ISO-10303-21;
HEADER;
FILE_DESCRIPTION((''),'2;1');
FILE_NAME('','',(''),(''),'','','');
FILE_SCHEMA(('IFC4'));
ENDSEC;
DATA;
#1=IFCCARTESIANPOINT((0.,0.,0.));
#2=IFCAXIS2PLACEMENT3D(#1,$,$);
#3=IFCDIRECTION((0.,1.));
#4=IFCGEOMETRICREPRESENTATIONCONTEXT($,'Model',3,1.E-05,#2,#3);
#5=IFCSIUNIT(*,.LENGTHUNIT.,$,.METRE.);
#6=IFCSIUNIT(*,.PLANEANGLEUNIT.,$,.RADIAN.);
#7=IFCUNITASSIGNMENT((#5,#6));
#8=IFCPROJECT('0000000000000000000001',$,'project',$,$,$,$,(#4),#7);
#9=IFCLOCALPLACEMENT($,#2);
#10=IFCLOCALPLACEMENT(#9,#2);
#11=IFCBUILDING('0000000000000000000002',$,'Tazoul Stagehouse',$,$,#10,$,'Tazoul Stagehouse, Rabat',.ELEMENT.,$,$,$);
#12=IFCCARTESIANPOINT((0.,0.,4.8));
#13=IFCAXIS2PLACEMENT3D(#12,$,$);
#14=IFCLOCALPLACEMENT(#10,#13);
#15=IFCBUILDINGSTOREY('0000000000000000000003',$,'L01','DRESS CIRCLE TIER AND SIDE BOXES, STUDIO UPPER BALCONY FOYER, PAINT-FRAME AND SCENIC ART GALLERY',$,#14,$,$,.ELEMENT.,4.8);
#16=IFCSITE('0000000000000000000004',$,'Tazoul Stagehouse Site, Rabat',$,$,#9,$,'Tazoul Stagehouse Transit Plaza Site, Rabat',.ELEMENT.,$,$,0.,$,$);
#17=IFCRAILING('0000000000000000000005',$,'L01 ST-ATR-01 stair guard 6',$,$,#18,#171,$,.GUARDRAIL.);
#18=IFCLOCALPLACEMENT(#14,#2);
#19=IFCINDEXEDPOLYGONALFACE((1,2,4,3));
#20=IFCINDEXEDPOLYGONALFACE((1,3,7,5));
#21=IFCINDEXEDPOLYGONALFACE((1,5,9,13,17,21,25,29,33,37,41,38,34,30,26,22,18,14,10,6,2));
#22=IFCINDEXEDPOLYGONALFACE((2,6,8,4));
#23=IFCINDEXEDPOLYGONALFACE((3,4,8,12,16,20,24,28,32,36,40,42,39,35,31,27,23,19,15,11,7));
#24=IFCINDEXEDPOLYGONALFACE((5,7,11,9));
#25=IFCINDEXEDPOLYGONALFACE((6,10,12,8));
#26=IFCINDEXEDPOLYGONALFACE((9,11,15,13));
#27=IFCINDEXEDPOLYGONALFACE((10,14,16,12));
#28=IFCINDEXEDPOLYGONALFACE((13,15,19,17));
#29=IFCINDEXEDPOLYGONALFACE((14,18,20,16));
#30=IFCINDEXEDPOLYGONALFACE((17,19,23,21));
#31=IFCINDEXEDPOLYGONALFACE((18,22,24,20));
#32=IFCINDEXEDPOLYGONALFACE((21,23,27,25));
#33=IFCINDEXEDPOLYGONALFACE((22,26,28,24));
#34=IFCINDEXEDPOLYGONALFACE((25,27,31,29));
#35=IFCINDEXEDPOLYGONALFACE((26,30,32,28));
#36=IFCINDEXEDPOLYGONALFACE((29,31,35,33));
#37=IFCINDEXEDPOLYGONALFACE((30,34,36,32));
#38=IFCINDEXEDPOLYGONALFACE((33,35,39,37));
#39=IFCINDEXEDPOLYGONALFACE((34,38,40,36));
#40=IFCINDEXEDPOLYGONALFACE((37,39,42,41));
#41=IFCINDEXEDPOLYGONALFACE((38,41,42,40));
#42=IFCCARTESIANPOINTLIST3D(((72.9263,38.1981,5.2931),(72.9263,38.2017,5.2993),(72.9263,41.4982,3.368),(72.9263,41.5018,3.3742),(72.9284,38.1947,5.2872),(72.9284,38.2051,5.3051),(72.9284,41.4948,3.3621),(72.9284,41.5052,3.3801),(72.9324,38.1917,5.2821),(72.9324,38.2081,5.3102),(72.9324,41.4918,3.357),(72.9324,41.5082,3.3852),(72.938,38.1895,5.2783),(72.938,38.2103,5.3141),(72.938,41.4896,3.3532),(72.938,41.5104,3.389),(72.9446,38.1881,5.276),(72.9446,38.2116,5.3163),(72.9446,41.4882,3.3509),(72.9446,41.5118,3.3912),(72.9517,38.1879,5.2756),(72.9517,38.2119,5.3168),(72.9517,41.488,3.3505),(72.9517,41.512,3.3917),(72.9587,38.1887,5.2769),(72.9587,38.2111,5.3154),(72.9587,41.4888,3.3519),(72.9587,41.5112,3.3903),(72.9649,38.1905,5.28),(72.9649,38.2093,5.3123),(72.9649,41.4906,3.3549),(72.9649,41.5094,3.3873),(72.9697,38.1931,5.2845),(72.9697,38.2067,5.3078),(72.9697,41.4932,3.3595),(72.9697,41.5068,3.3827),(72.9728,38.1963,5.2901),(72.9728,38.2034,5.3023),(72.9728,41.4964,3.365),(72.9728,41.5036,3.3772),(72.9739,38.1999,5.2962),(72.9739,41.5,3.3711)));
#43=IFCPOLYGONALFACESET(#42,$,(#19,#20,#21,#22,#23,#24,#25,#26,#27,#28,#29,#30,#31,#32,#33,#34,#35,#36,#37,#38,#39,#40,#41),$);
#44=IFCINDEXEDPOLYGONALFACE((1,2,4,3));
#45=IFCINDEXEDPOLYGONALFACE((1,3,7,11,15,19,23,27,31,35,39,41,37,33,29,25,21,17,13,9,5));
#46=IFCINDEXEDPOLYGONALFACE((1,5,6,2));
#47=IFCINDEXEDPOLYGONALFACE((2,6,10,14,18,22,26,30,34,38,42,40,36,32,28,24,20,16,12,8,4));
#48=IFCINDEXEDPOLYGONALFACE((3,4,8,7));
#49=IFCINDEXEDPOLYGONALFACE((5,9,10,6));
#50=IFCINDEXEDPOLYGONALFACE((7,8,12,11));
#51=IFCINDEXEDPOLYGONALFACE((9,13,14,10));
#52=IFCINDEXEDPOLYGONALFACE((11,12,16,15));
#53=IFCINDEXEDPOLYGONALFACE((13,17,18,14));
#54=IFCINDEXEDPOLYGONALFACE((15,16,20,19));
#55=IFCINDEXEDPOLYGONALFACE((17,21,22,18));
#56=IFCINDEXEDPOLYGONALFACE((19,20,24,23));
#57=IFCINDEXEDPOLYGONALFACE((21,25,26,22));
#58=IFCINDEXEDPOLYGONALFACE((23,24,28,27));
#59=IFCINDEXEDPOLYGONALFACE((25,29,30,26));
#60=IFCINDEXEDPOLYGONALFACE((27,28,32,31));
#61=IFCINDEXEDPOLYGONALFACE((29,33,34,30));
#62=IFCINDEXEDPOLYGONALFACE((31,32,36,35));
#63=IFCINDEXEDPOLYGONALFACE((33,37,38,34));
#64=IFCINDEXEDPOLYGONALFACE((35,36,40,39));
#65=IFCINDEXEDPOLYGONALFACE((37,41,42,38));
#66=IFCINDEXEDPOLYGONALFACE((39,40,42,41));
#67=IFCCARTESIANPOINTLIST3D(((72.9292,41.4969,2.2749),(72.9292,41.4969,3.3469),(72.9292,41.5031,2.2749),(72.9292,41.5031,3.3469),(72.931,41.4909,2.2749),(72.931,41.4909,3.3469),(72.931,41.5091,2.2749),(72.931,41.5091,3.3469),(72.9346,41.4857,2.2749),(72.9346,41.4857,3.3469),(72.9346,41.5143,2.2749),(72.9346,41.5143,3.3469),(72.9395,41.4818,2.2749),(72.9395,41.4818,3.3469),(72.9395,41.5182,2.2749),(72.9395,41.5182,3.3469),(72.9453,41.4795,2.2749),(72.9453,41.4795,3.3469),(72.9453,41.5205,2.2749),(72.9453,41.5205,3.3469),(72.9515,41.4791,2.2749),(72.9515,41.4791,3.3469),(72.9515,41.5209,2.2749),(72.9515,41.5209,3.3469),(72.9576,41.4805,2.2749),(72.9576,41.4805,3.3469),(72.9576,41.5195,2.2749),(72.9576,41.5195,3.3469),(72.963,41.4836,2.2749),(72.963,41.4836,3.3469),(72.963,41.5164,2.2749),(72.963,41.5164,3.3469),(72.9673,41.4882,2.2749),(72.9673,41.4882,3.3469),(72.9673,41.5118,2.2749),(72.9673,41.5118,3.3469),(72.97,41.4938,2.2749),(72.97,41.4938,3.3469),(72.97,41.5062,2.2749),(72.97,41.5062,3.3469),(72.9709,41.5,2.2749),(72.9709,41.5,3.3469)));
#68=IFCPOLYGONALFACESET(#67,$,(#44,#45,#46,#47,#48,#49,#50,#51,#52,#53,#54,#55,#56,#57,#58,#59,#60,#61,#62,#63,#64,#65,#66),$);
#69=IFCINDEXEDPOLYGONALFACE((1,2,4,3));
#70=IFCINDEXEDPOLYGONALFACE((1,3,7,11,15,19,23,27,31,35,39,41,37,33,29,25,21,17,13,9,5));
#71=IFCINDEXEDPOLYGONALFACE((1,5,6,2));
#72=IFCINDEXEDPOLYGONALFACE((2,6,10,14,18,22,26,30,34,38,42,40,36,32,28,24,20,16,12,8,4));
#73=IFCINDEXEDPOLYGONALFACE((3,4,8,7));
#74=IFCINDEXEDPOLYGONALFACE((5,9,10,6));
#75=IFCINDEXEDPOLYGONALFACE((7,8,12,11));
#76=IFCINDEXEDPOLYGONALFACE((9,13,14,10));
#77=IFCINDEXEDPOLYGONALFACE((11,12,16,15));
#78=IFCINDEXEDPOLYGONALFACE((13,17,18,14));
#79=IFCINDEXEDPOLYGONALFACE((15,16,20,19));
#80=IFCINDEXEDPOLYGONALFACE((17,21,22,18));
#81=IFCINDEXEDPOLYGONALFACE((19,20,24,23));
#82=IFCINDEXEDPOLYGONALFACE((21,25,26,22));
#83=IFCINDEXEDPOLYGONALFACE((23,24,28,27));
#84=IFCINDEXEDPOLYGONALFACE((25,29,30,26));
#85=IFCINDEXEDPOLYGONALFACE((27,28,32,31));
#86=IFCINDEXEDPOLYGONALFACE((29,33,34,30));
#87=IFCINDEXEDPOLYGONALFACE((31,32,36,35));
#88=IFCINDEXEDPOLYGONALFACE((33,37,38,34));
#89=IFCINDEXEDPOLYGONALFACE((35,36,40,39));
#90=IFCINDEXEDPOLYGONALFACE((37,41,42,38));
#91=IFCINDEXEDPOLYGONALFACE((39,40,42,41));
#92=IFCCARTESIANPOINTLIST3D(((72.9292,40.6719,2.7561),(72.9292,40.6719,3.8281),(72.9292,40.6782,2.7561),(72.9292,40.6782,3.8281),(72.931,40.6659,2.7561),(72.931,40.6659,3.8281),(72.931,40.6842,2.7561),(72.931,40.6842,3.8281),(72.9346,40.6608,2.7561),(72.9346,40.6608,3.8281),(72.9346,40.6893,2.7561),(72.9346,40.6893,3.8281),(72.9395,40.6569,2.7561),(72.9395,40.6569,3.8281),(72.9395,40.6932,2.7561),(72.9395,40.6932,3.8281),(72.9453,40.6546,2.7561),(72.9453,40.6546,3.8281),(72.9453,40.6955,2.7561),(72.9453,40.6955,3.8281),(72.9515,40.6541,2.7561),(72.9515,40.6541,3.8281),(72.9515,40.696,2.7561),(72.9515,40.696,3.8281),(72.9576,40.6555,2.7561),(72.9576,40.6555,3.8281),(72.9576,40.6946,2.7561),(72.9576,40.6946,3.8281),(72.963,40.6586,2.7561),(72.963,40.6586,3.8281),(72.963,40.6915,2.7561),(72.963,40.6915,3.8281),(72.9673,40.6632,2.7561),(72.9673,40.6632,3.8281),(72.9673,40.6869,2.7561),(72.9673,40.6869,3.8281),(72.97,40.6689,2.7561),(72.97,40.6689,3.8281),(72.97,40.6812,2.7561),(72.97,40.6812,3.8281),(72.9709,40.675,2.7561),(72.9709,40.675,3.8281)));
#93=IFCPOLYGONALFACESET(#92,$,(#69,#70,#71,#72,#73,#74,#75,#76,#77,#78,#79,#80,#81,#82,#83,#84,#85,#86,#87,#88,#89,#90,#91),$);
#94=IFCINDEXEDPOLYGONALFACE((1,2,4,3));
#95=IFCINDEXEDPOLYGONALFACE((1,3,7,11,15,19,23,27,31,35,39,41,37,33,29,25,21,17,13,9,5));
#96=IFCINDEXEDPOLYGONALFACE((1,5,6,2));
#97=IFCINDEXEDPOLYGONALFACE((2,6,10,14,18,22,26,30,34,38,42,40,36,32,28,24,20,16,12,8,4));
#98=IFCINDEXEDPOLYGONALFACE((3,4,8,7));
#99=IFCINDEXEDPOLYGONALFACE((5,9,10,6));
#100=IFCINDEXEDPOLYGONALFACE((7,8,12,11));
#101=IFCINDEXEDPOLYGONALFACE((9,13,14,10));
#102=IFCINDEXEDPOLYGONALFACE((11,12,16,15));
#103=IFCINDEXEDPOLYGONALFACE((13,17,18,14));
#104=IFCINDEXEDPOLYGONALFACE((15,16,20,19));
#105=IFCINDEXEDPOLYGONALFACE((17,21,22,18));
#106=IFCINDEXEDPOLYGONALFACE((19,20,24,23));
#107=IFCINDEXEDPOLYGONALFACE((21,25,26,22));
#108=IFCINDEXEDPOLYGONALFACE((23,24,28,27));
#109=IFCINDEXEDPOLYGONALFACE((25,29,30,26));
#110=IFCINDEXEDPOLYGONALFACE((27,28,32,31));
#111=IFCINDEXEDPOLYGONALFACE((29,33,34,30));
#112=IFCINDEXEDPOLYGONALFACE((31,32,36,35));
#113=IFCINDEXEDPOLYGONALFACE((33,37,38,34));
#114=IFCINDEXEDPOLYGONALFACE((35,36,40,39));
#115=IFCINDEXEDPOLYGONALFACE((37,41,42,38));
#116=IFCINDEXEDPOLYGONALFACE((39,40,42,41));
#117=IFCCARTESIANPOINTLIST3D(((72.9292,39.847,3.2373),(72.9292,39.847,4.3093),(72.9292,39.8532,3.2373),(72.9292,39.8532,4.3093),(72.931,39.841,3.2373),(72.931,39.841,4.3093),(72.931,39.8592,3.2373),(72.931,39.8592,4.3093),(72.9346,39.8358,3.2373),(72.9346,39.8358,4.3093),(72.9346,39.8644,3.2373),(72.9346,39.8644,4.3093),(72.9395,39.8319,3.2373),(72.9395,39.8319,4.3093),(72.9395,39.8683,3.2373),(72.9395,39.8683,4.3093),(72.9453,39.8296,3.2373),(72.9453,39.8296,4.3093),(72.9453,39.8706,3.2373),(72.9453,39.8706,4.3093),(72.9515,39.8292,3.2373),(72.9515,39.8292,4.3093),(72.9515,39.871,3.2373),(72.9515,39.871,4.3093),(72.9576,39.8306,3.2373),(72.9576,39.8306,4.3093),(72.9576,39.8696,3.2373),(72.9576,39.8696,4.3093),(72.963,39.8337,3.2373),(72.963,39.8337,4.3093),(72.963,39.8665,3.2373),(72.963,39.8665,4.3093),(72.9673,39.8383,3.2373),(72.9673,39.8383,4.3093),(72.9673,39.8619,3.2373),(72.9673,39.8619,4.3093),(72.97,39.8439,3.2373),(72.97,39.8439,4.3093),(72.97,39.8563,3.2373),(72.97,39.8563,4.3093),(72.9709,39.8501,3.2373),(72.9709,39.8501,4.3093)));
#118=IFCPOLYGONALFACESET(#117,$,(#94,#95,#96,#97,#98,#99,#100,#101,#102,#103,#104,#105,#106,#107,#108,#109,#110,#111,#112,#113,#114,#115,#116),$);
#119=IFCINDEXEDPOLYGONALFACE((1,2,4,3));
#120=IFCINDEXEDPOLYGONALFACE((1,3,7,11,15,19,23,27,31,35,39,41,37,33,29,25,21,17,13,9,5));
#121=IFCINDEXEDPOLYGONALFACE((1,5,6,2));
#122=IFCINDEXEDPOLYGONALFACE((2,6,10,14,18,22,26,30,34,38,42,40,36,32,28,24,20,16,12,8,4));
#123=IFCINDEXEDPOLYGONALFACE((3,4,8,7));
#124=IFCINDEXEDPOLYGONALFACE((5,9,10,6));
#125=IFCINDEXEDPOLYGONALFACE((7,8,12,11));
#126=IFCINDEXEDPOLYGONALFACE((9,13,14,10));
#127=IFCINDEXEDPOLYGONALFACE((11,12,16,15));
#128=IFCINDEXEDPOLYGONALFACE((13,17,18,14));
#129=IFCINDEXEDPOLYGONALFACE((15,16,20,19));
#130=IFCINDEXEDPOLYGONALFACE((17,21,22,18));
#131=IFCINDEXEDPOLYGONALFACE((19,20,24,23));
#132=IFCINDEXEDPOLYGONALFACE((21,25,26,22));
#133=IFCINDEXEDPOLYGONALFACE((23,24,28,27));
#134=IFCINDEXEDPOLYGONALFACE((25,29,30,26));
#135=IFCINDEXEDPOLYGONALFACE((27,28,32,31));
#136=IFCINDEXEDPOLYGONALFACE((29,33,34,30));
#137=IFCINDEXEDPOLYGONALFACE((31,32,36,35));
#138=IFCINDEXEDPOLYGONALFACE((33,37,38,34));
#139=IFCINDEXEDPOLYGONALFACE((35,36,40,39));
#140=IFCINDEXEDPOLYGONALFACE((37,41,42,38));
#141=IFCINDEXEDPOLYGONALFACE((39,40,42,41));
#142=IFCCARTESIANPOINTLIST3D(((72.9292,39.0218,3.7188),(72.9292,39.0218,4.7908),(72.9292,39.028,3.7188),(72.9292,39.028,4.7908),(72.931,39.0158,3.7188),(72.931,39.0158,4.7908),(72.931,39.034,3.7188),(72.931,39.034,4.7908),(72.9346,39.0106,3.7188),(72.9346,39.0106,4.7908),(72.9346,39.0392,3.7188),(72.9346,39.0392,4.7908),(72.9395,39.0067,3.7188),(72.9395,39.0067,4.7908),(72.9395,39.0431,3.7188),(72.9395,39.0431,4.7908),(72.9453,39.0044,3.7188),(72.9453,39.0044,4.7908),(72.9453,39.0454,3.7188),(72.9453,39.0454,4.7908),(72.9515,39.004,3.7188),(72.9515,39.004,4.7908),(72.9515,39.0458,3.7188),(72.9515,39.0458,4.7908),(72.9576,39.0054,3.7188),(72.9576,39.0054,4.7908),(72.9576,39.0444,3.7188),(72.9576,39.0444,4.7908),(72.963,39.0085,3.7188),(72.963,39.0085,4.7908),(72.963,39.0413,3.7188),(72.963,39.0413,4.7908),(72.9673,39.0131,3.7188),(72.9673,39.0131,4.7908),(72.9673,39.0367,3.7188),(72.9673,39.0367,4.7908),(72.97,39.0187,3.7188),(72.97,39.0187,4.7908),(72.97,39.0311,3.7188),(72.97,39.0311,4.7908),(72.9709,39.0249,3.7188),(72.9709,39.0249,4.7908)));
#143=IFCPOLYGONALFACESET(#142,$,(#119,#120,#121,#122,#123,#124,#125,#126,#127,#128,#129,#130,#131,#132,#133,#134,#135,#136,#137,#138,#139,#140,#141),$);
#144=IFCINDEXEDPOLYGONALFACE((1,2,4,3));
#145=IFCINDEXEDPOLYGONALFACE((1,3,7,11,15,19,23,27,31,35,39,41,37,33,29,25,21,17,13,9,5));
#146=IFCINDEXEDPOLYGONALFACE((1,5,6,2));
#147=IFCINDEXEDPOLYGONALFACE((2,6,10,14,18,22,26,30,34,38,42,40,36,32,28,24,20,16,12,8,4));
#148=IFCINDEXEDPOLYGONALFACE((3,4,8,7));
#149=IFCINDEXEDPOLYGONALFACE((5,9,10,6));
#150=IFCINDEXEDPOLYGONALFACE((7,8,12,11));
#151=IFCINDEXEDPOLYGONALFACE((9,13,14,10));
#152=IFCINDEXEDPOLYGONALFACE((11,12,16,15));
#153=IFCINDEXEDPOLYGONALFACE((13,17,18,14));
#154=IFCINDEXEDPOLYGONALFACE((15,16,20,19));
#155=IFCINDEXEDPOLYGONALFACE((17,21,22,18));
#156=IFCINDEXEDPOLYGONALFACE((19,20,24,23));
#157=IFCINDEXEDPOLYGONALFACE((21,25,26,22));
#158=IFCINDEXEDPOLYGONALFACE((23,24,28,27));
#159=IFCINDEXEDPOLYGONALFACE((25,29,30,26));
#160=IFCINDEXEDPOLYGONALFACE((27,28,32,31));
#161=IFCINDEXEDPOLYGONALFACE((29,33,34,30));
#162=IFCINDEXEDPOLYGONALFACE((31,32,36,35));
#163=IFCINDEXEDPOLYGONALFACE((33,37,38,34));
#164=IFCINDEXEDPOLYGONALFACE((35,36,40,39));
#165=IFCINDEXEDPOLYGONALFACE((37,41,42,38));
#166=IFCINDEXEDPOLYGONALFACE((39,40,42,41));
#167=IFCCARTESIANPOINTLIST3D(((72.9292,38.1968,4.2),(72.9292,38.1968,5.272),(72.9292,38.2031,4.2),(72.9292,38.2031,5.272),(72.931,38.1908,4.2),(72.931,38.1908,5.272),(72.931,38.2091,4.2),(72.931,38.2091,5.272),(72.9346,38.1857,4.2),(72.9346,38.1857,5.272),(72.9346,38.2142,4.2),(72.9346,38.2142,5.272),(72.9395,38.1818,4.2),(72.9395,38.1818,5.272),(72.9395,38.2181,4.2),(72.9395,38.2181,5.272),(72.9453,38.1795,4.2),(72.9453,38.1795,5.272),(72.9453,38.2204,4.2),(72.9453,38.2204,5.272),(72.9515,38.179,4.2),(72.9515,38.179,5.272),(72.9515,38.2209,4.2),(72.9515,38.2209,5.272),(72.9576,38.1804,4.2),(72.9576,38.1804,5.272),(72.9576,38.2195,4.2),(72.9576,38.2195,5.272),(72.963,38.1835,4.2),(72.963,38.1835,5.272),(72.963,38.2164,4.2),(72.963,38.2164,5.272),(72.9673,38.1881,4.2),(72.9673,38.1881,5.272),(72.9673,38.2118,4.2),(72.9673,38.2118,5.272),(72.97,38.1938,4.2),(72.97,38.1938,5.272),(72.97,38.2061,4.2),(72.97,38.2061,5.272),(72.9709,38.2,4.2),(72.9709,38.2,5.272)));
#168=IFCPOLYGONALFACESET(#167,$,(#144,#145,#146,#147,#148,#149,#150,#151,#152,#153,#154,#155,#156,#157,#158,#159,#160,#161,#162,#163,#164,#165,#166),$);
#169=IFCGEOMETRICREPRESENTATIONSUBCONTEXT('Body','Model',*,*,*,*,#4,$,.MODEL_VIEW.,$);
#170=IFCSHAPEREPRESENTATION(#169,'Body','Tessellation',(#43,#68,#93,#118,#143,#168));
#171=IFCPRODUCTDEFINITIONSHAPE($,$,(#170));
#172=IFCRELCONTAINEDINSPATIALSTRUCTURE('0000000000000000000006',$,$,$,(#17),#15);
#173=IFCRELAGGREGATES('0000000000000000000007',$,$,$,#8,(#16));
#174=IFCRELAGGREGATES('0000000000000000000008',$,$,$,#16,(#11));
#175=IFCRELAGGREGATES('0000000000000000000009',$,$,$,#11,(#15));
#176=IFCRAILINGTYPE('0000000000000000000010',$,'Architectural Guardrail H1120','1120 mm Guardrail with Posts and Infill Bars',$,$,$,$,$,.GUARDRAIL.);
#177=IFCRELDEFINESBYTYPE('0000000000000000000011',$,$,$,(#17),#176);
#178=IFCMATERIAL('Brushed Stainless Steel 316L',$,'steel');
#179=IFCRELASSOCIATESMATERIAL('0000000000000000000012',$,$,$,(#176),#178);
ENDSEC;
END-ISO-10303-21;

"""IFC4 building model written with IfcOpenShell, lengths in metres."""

from ifc_helpers import new_model, si_unit, direction, frame, origin, origin_2d, place, context, subcontext, project, spatial, circle, extrude, material, material_profile, profile_set, type_object, element, save


model = new_model("IFC4")

# Units and contexts
model_context = context("Model", 3, precision=1e-05, world=origin(), true_north=direction((0.0, 1.0)))
body_context = subcontext(model_context, "Body", "Model", "MODEL_VIEW")
ifc_project = project(units=[si_unit("LENGTHUNIT", "METRE"), si_unit("PLANEANGLEUNIT", "RADIAN")], contexts=[model_context])

# Site, building, storey
site_placement = place(None, origin())
site = spatial("IfcSite", under=ifc_project, at=site_placement, Name="Tazoul Stagehouse Site, Rabat", LongName="Tazoul Stagehouse Transit Plaza Site, Rabat", CompositionType="ELEMENT", RefElevation=0.0)
building_placement = place(site_placement, origin())
building = spatial("IfcBuilding", under=site, at=building_placement, Name="Tazoul Stagehouse", LongName="Tazoul Stagehouse, Rabat", CompositionType="ELEMENT")
storey_placement = place(building_placement, frame((0.0, 0.0, 4.8)))
storey = spatial("IfcBuildingStorey", under=building, at=storey_placement, Name="L01", Description="DRESS CIRCLE TIER AND SIDE BOXES, STUDIO UPPER BALCONY FOYER, PAINT-FRAME AND SCENIC ART GALLERY", CompositionType="ELEMENT", Elevation=4.8)

# Railing
ifc_material_1 = material(Name="Brushed Stainless Steel 316L", Category="steel")
ifc_material_profile_1 = material_profile(ifc_material_1, circle(Radius=0.0239, at=origin_2d()), Name="SS RAIL D48")
ifc_profile_set_1 = profile_set([ifc_material_profile_1], Name="Brushed Stainless Steel 316L")
railing_type_1 = type_object("IfcRailingType", Name="Architectural Guardrail H1120", Description="1120 mm Guardrail with Posts and Infill Bars", PredefinedType="GUARDRAIL", material=ifc_profile_set_1)
railing_1_placement = place(storey_placement, frame((72.95, 41.5, 2.2749)))
element("IfcRailing", 1, at=railing_1_placement, inside=storey, type_object=railing_type_1, Name="L01 ST-ATR-01 stair guard 6", PredefinedType="GUARDRAIL", context=body_context, shape_type="SweptSolid", body=[
    extrude(circle(Radius=0.0239, at=origin_2d()), frame((0.0, 0.0, 1.0962), z_axis=(0.0, -0.863777, 0.503875), x_axis=(1.0, 0.0, 0.0)), (0.0, 0.0, 1.0), 3.8206),
    extrude(circle(Radius=0.021, at=origin_2d()), origin(), (0.0, 0.0, 1.0), 1.072),
    extrude(circle(Radius=0.021, at=origin_2d()), frame((0.0, -0.825, 0.4812)), (0.0, 0.0, 1.0), 1.072),
    extrude(circle(Radius=0.021, at=origin_2d()), frame((0.0, -1.6499, 0.9624)), (0.0, 0.0, 1.0), 1.072),
    extrude(circle(Radius=0.021, at=origin_2d()), frame((0.0, -2.4751, 1.4438)), (0.0, 0.0, 1.0), 1.072),
    extrude(circle(Radius=0.021, at=origin_2d()), frame((0.0, -3.3, 1.925)), (0.0, 0.0, 1.0), 1.072),
])

save(model, "model.ifc")
